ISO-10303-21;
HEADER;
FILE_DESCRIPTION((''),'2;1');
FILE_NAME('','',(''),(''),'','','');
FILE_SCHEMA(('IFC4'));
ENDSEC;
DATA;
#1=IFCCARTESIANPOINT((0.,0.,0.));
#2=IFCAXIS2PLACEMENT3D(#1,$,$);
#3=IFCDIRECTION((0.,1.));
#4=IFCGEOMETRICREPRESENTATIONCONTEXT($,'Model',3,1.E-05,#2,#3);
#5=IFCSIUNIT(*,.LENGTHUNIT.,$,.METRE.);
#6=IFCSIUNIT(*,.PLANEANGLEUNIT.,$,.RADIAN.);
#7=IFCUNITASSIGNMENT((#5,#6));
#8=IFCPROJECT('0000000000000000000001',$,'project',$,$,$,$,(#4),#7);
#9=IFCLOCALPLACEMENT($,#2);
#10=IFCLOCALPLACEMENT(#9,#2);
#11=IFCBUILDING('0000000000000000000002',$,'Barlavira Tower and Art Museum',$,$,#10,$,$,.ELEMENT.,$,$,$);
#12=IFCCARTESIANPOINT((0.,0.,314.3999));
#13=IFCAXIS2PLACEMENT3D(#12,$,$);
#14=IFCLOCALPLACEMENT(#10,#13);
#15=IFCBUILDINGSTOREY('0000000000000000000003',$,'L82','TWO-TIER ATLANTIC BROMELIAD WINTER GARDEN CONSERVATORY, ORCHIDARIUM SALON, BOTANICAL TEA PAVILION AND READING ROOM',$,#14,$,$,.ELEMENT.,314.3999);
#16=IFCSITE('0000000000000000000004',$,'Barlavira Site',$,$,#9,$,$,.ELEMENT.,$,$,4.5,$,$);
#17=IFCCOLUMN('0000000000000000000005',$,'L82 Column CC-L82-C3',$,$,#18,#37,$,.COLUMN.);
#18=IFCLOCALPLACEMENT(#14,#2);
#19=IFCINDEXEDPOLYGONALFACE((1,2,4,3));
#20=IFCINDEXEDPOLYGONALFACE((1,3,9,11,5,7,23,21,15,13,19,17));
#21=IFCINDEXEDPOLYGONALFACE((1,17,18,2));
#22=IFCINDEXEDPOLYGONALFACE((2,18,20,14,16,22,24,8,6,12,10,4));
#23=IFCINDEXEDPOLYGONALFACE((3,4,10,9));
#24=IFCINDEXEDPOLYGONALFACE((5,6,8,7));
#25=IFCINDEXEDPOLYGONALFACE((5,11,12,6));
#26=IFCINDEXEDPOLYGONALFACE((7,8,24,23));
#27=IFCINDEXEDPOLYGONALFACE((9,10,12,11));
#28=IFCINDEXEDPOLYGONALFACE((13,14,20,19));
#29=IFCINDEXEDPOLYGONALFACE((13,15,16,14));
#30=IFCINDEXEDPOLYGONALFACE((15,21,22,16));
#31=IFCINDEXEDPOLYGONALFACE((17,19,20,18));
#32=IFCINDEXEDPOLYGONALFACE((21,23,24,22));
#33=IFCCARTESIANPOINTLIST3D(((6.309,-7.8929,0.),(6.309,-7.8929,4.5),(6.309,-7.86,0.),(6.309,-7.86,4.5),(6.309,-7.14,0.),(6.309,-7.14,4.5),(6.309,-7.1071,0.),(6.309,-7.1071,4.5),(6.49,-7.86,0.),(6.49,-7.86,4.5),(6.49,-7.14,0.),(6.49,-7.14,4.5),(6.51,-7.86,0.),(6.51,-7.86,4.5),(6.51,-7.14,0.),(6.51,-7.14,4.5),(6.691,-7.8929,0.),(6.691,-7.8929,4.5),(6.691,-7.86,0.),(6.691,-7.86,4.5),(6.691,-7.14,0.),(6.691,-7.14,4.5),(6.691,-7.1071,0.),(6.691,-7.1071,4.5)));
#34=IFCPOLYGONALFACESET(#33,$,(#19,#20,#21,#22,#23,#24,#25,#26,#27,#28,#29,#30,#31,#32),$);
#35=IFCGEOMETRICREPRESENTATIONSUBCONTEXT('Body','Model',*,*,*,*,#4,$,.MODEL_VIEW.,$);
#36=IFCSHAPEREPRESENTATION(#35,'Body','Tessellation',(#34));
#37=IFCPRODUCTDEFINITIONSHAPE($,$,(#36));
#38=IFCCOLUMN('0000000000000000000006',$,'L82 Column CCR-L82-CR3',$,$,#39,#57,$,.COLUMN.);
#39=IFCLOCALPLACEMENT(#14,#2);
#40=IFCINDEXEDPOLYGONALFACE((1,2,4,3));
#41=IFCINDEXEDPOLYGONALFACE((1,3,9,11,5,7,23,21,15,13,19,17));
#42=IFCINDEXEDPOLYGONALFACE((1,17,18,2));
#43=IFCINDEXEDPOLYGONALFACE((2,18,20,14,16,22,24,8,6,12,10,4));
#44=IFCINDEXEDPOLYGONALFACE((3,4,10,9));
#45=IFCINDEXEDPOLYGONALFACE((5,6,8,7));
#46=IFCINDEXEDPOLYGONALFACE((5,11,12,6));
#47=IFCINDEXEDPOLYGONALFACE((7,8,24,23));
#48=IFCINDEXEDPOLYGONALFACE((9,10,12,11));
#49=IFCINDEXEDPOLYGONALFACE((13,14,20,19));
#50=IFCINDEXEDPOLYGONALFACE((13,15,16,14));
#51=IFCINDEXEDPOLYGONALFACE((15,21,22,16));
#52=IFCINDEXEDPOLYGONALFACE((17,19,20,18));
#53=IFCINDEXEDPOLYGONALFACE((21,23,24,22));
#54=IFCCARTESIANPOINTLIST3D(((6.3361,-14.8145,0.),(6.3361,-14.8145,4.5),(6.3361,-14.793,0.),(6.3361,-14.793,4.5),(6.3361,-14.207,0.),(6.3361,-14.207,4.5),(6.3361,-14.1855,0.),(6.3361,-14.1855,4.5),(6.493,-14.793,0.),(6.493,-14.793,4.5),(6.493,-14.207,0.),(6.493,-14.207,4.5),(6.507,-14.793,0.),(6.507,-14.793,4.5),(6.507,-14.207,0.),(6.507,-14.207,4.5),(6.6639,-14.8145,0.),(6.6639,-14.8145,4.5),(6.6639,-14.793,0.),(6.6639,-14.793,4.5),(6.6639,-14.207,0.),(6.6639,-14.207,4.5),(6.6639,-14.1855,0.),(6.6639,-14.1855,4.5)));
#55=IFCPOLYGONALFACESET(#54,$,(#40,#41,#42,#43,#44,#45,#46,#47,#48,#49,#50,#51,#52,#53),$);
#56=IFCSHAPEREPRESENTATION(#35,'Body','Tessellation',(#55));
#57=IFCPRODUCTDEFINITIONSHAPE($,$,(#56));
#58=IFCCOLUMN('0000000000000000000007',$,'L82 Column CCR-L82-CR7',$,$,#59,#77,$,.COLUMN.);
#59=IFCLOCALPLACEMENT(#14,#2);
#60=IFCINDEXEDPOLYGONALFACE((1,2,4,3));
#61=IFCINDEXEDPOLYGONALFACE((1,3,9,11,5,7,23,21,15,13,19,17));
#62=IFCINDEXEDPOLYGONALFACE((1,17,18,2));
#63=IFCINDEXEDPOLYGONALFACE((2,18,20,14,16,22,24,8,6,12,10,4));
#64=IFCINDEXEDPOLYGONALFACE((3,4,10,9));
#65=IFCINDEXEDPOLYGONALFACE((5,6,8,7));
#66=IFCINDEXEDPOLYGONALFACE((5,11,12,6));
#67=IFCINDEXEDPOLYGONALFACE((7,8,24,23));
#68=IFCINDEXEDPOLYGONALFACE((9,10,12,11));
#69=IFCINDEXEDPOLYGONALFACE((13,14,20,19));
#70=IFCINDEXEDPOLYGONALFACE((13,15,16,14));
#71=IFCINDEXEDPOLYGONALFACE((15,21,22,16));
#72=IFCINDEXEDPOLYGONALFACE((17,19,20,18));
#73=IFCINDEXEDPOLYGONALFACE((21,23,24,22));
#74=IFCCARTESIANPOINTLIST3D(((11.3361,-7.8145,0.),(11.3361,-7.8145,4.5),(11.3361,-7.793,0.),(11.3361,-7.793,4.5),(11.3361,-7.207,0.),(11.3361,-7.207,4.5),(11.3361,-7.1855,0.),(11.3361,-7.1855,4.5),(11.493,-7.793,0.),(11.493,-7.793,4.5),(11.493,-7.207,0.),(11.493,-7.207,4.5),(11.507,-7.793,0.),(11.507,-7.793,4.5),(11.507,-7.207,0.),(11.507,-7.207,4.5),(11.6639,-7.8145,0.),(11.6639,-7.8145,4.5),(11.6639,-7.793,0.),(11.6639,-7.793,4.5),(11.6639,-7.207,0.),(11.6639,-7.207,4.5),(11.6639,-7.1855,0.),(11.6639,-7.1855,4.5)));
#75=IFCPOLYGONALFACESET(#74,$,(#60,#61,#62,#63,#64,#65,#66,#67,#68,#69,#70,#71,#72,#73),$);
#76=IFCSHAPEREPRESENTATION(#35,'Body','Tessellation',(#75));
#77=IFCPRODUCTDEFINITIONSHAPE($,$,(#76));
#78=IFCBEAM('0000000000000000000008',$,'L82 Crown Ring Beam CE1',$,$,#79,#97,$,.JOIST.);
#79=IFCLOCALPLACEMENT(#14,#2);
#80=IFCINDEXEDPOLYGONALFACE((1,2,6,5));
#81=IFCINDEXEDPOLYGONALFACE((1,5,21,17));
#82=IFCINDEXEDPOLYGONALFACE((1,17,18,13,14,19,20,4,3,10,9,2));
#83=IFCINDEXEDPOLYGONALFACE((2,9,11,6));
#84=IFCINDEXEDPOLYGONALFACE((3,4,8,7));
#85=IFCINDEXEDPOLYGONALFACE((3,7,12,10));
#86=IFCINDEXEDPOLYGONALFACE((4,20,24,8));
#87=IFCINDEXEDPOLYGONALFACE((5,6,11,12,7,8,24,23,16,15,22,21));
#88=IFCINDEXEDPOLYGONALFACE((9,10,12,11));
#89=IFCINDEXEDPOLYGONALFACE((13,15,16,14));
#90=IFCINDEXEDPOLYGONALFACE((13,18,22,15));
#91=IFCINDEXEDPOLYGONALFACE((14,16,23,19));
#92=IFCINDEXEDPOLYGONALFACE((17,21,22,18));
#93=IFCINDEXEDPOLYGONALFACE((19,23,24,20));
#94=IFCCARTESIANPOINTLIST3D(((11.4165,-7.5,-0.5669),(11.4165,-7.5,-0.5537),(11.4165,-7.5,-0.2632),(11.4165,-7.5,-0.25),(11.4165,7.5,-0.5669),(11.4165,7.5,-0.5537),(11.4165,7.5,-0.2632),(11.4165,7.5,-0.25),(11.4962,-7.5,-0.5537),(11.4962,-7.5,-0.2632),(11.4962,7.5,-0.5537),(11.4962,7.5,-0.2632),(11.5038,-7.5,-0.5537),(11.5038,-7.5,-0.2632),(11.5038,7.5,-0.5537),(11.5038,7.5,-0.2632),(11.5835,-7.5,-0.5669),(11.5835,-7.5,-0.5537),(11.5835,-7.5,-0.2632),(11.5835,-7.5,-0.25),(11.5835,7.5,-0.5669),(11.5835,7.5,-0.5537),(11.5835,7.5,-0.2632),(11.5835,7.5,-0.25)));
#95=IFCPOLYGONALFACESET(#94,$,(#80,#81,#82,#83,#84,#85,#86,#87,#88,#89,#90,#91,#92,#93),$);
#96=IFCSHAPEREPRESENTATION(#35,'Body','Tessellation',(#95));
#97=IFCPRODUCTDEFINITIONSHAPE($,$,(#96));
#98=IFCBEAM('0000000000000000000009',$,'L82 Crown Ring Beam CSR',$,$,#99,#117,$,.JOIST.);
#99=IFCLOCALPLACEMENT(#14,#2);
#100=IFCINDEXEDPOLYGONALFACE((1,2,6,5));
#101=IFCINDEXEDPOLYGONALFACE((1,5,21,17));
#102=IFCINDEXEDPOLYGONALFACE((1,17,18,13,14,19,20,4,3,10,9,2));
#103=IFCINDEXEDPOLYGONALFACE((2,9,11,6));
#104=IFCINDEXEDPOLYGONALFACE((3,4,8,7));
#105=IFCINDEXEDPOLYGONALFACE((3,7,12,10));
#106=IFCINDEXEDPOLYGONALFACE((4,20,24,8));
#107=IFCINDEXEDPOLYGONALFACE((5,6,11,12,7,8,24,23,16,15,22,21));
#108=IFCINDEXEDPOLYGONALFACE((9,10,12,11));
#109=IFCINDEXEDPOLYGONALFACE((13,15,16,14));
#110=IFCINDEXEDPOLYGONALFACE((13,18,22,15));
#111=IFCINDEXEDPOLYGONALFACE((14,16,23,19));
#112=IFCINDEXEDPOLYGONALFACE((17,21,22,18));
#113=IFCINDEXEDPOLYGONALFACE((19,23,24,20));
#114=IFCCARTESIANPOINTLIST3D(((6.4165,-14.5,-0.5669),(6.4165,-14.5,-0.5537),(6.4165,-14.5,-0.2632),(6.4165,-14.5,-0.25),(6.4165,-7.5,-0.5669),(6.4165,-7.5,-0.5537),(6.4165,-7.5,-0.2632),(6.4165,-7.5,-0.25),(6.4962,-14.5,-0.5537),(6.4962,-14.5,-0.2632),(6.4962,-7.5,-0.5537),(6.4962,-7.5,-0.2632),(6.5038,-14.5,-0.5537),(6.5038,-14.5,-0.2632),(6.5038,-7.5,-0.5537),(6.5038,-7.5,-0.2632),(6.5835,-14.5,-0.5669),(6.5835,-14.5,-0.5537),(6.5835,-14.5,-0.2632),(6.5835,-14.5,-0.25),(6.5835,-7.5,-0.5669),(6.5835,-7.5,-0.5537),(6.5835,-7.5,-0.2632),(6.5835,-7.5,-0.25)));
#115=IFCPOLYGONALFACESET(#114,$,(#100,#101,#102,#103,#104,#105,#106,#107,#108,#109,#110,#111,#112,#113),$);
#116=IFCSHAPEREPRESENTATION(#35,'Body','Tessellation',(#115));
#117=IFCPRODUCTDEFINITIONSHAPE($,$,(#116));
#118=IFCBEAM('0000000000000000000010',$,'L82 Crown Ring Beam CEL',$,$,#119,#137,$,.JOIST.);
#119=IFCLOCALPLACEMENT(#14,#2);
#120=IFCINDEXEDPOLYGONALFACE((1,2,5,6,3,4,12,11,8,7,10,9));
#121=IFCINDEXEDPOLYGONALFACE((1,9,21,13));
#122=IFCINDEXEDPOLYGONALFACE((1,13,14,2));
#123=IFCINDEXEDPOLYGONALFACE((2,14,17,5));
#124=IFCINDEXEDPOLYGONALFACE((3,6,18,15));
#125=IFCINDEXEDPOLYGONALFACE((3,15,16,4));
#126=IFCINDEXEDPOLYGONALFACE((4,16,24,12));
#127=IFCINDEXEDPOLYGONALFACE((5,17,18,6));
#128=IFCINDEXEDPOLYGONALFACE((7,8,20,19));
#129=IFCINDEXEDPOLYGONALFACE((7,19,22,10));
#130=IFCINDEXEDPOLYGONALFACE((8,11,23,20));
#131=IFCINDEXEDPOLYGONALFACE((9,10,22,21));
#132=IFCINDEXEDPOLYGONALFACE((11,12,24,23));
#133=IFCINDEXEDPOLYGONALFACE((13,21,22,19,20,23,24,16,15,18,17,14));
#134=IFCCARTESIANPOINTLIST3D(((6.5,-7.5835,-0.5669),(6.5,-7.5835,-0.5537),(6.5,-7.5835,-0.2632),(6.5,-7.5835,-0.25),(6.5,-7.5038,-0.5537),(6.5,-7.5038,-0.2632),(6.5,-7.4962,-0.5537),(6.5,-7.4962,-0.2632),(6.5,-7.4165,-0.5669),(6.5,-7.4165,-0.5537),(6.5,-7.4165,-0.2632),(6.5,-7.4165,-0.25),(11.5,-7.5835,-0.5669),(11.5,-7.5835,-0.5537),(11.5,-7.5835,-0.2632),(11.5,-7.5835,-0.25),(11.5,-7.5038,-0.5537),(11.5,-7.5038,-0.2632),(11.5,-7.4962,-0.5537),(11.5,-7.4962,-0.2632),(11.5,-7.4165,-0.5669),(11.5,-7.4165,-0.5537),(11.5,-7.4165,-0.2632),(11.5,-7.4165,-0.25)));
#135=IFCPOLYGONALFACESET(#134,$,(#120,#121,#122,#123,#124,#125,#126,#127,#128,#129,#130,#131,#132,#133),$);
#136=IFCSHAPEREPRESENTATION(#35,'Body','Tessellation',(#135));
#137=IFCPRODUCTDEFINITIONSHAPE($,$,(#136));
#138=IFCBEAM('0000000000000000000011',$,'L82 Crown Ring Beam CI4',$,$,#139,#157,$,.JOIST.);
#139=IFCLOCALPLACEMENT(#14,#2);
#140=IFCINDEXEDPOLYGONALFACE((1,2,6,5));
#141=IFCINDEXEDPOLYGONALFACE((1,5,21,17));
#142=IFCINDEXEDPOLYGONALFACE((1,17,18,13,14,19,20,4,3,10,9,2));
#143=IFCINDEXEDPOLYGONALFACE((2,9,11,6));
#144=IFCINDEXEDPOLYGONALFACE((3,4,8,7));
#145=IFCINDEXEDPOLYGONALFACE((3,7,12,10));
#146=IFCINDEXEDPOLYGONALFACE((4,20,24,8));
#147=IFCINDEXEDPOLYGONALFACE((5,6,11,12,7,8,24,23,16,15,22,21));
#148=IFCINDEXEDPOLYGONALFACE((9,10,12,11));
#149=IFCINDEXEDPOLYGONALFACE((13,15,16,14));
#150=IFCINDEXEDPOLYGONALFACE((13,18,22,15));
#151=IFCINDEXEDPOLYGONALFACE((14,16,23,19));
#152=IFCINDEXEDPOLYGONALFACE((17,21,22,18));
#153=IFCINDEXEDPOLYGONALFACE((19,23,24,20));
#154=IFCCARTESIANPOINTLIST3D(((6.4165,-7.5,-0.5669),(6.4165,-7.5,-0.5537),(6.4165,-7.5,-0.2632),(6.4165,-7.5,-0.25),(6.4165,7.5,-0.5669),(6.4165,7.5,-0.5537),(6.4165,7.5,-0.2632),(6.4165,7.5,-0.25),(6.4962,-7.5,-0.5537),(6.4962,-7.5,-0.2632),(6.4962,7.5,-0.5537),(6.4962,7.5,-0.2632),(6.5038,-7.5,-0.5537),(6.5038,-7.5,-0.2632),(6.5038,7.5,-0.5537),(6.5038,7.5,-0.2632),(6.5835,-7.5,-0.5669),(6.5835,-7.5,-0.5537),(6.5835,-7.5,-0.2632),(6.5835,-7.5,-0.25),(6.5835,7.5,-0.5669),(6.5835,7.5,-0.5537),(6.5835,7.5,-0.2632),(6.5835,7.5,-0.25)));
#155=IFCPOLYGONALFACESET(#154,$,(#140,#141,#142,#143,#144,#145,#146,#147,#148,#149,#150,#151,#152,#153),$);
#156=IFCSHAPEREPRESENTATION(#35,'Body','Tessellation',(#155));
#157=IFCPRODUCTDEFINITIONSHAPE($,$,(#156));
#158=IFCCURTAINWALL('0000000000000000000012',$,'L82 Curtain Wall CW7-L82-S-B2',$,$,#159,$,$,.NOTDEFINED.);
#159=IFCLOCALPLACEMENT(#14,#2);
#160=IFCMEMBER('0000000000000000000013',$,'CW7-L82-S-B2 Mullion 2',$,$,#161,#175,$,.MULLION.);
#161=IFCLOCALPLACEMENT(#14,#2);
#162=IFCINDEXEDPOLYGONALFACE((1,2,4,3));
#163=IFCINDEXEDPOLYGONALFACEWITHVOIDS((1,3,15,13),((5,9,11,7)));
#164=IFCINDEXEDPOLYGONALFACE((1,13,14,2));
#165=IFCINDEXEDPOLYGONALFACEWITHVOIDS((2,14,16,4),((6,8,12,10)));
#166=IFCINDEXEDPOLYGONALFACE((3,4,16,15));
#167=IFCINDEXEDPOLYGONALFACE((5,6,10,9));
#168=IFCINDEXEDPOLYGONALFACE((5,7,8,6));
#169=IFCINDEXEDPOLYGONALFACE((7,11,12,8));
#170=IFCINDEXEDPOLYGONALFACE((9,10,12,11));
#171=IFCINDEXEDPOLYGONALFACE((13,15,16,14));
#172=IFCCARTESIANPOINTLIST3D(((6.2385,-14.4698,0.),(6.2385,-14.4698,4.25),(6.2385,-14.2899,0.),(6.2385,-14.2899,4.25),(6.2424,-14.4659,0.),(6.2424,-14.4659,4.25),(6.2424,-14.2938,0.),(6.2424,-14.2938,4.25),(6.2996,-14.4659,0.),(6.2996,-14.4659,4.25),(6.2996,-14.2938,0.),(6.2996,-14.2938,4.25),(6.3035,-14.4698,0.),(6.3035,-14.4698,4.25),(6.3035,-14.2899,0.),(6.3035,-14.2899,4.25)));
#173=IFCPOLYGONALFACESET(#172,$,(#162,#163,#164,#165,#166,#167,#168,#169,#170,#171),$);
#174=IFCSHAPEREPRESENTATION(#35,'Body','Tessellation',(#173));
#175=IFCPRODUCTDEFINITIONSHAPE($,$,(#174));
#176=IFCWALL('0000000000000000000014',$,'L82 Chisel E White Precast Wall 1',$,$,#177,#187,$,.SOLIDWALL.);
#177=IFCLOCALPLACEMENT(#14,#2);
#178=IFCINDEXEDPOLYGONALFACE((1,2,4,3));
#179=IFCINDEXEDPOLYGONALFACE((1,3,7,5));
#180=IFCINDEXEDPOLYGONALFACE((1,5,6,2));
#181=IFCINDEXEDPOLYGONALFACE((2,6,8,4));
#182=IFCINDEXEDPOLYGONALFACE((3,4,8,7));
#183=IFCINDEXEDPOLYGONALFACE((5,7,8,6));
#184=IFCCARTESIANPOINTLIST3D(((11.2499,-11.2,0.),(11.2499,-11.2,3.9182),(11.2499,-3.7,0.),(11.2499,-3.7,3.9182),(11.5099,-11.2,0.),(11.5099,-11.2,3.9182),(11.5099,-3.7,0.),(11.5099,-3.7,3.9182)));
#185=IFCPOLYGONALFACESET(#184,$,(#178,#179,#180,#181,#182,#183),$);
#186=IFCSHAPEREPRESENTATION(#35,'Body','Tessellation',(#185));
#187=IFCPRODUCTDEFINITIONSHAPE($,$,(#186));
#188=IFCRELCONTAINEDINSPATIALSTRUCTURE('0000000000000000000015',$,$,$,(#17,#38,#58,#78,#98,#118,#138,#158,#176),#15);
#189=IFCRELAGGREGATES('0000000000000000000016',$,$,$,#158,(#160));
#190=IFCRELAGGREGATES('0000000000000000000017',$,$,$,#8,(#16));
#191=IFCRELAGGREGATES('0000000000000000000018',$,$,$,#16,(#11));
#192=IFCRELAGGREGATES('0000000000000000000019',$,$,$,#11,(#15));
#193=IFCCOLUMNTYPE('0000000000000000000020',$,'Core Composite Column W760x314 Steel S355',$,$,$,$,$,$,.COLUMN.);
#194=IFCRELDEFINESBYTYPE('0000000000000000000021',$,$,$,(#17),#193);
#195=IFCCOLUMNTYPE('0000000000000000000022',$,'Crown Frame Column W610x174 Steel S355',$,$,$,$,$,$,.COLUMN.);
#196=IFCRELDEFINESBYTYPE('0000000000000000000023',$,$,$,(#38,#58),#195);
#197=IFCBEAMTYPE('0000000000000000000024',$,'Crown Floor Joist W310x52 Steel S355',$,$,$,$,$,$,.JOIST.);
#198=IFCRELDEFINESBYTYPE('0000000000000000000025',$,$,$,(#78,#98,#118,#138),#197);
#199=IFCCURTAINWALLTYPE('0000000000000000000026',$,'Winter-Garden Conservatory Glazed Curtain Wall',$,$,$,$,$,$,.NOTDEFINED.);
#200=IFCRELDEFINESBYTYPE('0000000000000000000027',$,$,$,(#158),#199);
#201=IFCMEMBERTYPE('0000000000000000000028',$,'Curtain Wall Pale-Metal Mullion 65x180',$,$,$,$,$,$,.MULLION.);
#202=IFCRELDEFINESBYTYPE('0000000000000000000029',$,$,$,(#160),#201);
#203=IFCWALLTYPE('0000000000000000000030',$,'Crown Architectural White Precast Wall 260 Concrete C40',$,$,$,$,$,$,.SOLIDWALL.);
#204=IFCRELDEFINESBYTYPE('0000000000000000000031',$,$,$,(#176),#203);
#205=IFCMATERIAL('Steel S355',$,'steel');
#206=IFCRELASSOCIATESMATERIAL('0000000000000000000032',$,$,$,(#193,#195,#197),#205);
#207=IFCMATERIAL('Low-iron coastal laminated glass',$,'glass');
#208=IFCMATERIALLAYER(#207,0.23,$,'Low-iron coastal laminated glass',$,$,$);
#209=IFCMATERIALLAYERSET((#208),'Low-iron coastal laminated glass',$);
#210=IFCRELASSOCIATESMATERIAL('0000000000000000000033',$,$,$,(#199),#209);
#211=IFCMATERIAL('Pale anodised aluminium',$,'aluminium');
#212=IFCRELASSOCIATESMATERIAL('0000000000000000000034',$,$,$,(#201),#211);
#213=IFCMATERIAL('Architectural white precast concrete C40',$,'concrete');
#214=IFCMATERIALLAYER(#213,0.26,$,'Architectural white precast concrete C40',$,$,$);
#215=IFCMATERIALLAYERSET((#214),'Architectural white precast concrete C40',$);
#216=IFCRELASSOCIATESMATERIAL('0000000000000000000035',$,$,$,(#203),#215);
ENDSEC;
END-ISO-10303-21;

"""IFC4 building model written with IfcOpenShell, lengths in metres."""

from ifc_helpers import new_model, si_unit, direction, frame, frame_2d, origin, origin_2d, place, context, subcontext, project, spatial, rectangle, hollow_rectangle, i_section, extrude, material, layer, layer_set, material_profile, profile_set, type_object, element, aggregate, save


model = new_model("IFC4")

# Units and contexts
model_context = context("Model", 3, precision=1e-05, world=origin(), true_north=direction((0.0, 1.0)))
body_context = subcontext(model_context, "Body", "Model", "MODEL_VIEW")
ifc_project = project(units=[si_unit("LENGTHUNIT", "METRE"), si_unit("PLANEANGLEUNIT", "RADIAN")], contexts=[model_context])

# Site, building, storey
site_placement = place(None, origin())
site = spatial("IfcSite", under=ifc_project, at=site_placement, Name="Barlavira Site", CompositionType="ELEMENT", RefElevation=4.5)
building_placement = place(site_placement, origin())
building = spatial("IfcBuilding", under=site, at=building_placement, Name="Barlavira Tower and Art Museum", CompositionType="ELEMENT")
storey_placement = place(building_placement, frame((0.0, 0.0, 314.3999)))
storey = spatial("IfcBuildingStorey", under=building, at=storey_placement, Name="L82", Description="TWO-TIER ATLANTIC BROMELIAD WINTER GARDEN CONSERVATORY, ORCHIDARIUM SALON, BOTANICAL TEA PAVILION AND READING ROOM", CompositionType="ELEMENT", Elevation=314.3999)

# Columns
ifc_material_1 = material(Name="Steel S355", Category="steel")
ifc_material_profile_1 = material_profile(ifc_material_1, i_section(OverallWidth=0.3821, OverallDepth=0.7859, WebThickness=0.02, FlangeThickness=0.033, at=origin_2d()), Name="W760x314.0")
ifc_profile_set_1 = profile_set([ifc_material_profile_1], Name="Steel S355")
column_type_1 = type_object("IfcColumnType", Name="Core Composite Column W760x314 Steel S355", PredefinedType="COLUMN", material=ifc_profile_set_1)
column_placement = place(storey_placement, frame((6.5, -7.5, 0.0), z_axis=(0.0, 0.0, 1.0), x_axis=(1.0, 0.0, 0.0)))
element("IfcColumn", 1, at=column_placement, inside=storey, type_object=column_type_1, Name="L82 Column CC-L82-C3", PredefinedType="COLUMN", context=body_context, shape_type="SweptSolid", body=[
    extrude(i_section(OverallWidth=0.3821, OverallDepth=0.7859, WebThickness=0.02, FlangeThickness=0.033, at=origin_2d()), origin(), (0.0, 0.0, 1.0), 4.5),
])
ifc_material_profile_2 = material_profile(ifc_material_1, i_section(OverallWidth=0.3279, OverallDepth=0.6289, WebThickness=0.0139, FlangeThickness=0.0215, at=origin_2d()), Name="W610x174.0")
ifc_profile_set_2 = profile_set([ifc_material_profile_2], Name="Steel S355")
column_type_2 = type_object("IfcColumnType", Name="Crown Frame Column W610x174 Steel S355", PredefinedType="COLUMN", material=ifc_profile_set_2)
for number, where, z_axis, x_axis, name in (
    (2, (6.5, -14.5, 0.0), (0.0, 0.0, 1.0), (1.0, 0.0, 0.0), "L82 Column CCR-L82-CR3"),
    (3, (11.5, -7.5, 0.0), (0.0, 0.0, 1.0), (1.0, 0.0, 0.0), "L82 Column CCR-L82-CR7"),
):
    element("IfcColumn", number, at=place(storey_placement, frame(where, z_axis=z_axis, x_axis=x_axis)), inside=storey, type_object=column_type_2, Name=name, PredefinedType="COLUMN", context=body_context, shape_type="SweptSolid", body=[
        extrude(i_section(OverallWidth=0.3279, OverallDepth=0.6289, WebThickness=0.0139, FlangeThickness=0.0215, at=origin_2d()), origin(), (0.0, 0.0, 1.0), 4.5),
    ])

# Beams
ifc_material_profile_3 = material_profile(ifc_material_1, i_section(OverallWidth=0.167, OverallDepth=0.3169, WebThickness=0.0076, FlangeThickness=0.0132, at=origin_2d()), Name="W310x52.0")
ifc_profile_set_3 = profile_set([ifc_material_profile_3], Name="Steel S355")
beam_type = type_object("IfcBeamType", Name="Crown Floor Joist W310x52 Steel S355", PredefinedType="JOIST", material=ifc_profile_set_3)
beam_1_placement = place(storey_placement, frame((11.5, -7.5, -0.4084), z_axis=(0.0, 1.0, 0.0), x_axis=(-1.0, 0.0, 0.0)))
element("IfcBeam", 4, at=beam_1_placement, inside=storey, type_object=beam_type, Name="L82 Crown Ring Beam CE1", PredefinedType="JOIST", context=body_context, shape_type="SweptSolid", body=[
    extrude(i_section(OverallWidth=0.167, OverallDepth=0.3169, WebThickness=0.0076, FlangeThickness=0.0132, at=origin_2d()), origin(), (0.0, 0.0, 1.0), 15.0),
])
beam_2_placement = place(storey_placement, frame((6.5, -14.5, -0.4084), z_axis=(0.0, 1.0, 0.0), x_axis=(-1.0, 0.0, 0.0)))
element("IfcBeam", 5, at=beam_2_placement, inside=storey, type_object=beam_type, Name="L82 Crown Ring Beam CSR", PredefinedType="JOIST", context=body_context, shape_type="SweptSolid", body=[
    extrude(i_section(OverallWidth=0.167, OverallDepth=0.3169, WebThickness=0.0076, FlangeThickness=0.0132, at=origin_2d()), origin(), (0.0, 0.0, 1.0), 7.0),
])
beam_3_placement = place(storey_placement, frame((6.5, -7.5, -0.4084), z_axis=(1.0, 0.0, 0.0), x_axis=(0.0, 1.0, 0.0)))
element("IfcBeam", 6, at=beam_3_placement, inside=storey, type_object=beam_type, Name="L82 Crown Ring Beam CEL", PredefinedType="JOIST", context=body_context, shape_type="SweptSolid", body=[
    extrude(i_section(OverallWidth=0.167, OverallDepth=0.3169, WebThickness=0.0076, FlangeThickness=0.0132, at=origin_2d()), origin(), (0.0, 0.0, 1.0), 5.0),
])
beam_4_placement = place(storey_placement, frame((6.5, -7.5, -0.4084), z_axis=(0.0, 1.0, 0.0), x_axis=(-1.0, 0.0, 0.0)))
element("IfcBeam", 7, at=beam_4_placement, inside=storey, type_object=beam_type, Name="L82 Crown Ring Beam CI4", PredefinedType="JOIST", context=body_context, shape_type="SweptSolid", body=[
    extrude(i_section(OverallWidth=0.167, OverallDepth=0.3169, WebThickness=0.0076, FlangeThickness=0.0132, at=origin_2d()), origin(), (0.0, 0.0, 1.0), 15.0),
])

# Curtain wall, member
ifc_material_2 = material(Name="Low-iron coastal laminated glass", Category="glass")
ifc_layer_1 = layer(ifc_material_2, 0.23, Name="Low-iron coastal laminated glass")
ifc_layer_set_1 = layer_set([ifc_layer_1], Name="Low-iron coastal laminated glass")
curtain_wall_type = type_object("IfcCurtainWallType", Name="Winter-Garden Conservatory Glazed Curtain Wall", PredefinedType="NOTDEFINED", material=ifc_layer_set_1)
curtain_wall_placement = place(storey_placement, origin())
curtain_wall = element("IfcCurtainWall", 8, at=curtain_wall_placement, inside=storey, type_object=curtain_wall_type, Name="L82 Curtain Wall CW7-L82-S-B2", PredefinedType="NOTDEFINED")
ifc_material_3 = material(Name="Pale anodised aluminium", Category="aluminium")
ifc_material_profile_4 = material_profile(ifc_material_3, hollow_rectangle(XDim=0.0649, YDim=0.1799, WallThickness=0.0039, at=origin_2d()), Name="ALU-MULL 65x180x4")
ifc_profile_set_4 = profile_set([ifc_material_profile_4], Name="Pale anodised aluminium")
member_type = type_object("IfcMemberType", Name="Curtain Wall Pale-Metal Mullion 65x180", PredefinedType="MULLION", material=ifc_profile_set_4)
member_placement = place(storey_placement, frame((6.271, -14.3799, 0.0), z_axis=(0.0, 0.0, 1.0), x_axis=(1.0, 0.0, 0.0)))
member = element("IfcMember", 9, at=member_placement, type_object=member_type, Name="CW7-L82-S-B2 Mullion 2", PredefinedType="MULLION", context=body_context, shape_type="SweptSolid", body=[
    extrude(hollow_rectangle(XDim=0.0649, YDim=0.1799, WallThickness=0.0039, at=origin_2d()), origin(), (0.0, 0.0, 1.0), 4.25),
])
aggregate(curtain_wall, [member])

# Wall
ifc_material_4 = material(Name="Architectural white precast concrete C40", Category="concrete")
ifc_layer_2 = layer(ifc_material_4, 0.26, Name="Architectural white precast concrete C40")
ifc_layer_set_2 = layer_set([ifc_layer_2], Name="Architectural white precast concrete C40")
wall_type_1 = type_object("IfcWallType", Name="Crown Architectural White Precast Wall 260 Concrete C40", PredefinedType="SOLIDWALL", material=ifc_layer_set_2)
wall_1_placement = place(storey_placement, frame((11.3799, -11.2, 0.0), z_axis=(0.0, 0.0, 1.0), x_axis=(0.0, 1.0, 0.0)))
element("IfcWall", 10, at=wall_1_placement, inside=storey, type_object=wall_type_1, Name="L82 Chisel E White Precast Wall 1", PredefinedType="SOLIDWALL", context=body_context, shape_type="SweptSolid", body=[
    extrude(rectangle(XDim=7.5, YDim=0.26, at=frame_2d((3.75, 0.0))), origin(), (0.0, 0.0, 1.0), 3.9182),
])

save(model, "model.ifc")
